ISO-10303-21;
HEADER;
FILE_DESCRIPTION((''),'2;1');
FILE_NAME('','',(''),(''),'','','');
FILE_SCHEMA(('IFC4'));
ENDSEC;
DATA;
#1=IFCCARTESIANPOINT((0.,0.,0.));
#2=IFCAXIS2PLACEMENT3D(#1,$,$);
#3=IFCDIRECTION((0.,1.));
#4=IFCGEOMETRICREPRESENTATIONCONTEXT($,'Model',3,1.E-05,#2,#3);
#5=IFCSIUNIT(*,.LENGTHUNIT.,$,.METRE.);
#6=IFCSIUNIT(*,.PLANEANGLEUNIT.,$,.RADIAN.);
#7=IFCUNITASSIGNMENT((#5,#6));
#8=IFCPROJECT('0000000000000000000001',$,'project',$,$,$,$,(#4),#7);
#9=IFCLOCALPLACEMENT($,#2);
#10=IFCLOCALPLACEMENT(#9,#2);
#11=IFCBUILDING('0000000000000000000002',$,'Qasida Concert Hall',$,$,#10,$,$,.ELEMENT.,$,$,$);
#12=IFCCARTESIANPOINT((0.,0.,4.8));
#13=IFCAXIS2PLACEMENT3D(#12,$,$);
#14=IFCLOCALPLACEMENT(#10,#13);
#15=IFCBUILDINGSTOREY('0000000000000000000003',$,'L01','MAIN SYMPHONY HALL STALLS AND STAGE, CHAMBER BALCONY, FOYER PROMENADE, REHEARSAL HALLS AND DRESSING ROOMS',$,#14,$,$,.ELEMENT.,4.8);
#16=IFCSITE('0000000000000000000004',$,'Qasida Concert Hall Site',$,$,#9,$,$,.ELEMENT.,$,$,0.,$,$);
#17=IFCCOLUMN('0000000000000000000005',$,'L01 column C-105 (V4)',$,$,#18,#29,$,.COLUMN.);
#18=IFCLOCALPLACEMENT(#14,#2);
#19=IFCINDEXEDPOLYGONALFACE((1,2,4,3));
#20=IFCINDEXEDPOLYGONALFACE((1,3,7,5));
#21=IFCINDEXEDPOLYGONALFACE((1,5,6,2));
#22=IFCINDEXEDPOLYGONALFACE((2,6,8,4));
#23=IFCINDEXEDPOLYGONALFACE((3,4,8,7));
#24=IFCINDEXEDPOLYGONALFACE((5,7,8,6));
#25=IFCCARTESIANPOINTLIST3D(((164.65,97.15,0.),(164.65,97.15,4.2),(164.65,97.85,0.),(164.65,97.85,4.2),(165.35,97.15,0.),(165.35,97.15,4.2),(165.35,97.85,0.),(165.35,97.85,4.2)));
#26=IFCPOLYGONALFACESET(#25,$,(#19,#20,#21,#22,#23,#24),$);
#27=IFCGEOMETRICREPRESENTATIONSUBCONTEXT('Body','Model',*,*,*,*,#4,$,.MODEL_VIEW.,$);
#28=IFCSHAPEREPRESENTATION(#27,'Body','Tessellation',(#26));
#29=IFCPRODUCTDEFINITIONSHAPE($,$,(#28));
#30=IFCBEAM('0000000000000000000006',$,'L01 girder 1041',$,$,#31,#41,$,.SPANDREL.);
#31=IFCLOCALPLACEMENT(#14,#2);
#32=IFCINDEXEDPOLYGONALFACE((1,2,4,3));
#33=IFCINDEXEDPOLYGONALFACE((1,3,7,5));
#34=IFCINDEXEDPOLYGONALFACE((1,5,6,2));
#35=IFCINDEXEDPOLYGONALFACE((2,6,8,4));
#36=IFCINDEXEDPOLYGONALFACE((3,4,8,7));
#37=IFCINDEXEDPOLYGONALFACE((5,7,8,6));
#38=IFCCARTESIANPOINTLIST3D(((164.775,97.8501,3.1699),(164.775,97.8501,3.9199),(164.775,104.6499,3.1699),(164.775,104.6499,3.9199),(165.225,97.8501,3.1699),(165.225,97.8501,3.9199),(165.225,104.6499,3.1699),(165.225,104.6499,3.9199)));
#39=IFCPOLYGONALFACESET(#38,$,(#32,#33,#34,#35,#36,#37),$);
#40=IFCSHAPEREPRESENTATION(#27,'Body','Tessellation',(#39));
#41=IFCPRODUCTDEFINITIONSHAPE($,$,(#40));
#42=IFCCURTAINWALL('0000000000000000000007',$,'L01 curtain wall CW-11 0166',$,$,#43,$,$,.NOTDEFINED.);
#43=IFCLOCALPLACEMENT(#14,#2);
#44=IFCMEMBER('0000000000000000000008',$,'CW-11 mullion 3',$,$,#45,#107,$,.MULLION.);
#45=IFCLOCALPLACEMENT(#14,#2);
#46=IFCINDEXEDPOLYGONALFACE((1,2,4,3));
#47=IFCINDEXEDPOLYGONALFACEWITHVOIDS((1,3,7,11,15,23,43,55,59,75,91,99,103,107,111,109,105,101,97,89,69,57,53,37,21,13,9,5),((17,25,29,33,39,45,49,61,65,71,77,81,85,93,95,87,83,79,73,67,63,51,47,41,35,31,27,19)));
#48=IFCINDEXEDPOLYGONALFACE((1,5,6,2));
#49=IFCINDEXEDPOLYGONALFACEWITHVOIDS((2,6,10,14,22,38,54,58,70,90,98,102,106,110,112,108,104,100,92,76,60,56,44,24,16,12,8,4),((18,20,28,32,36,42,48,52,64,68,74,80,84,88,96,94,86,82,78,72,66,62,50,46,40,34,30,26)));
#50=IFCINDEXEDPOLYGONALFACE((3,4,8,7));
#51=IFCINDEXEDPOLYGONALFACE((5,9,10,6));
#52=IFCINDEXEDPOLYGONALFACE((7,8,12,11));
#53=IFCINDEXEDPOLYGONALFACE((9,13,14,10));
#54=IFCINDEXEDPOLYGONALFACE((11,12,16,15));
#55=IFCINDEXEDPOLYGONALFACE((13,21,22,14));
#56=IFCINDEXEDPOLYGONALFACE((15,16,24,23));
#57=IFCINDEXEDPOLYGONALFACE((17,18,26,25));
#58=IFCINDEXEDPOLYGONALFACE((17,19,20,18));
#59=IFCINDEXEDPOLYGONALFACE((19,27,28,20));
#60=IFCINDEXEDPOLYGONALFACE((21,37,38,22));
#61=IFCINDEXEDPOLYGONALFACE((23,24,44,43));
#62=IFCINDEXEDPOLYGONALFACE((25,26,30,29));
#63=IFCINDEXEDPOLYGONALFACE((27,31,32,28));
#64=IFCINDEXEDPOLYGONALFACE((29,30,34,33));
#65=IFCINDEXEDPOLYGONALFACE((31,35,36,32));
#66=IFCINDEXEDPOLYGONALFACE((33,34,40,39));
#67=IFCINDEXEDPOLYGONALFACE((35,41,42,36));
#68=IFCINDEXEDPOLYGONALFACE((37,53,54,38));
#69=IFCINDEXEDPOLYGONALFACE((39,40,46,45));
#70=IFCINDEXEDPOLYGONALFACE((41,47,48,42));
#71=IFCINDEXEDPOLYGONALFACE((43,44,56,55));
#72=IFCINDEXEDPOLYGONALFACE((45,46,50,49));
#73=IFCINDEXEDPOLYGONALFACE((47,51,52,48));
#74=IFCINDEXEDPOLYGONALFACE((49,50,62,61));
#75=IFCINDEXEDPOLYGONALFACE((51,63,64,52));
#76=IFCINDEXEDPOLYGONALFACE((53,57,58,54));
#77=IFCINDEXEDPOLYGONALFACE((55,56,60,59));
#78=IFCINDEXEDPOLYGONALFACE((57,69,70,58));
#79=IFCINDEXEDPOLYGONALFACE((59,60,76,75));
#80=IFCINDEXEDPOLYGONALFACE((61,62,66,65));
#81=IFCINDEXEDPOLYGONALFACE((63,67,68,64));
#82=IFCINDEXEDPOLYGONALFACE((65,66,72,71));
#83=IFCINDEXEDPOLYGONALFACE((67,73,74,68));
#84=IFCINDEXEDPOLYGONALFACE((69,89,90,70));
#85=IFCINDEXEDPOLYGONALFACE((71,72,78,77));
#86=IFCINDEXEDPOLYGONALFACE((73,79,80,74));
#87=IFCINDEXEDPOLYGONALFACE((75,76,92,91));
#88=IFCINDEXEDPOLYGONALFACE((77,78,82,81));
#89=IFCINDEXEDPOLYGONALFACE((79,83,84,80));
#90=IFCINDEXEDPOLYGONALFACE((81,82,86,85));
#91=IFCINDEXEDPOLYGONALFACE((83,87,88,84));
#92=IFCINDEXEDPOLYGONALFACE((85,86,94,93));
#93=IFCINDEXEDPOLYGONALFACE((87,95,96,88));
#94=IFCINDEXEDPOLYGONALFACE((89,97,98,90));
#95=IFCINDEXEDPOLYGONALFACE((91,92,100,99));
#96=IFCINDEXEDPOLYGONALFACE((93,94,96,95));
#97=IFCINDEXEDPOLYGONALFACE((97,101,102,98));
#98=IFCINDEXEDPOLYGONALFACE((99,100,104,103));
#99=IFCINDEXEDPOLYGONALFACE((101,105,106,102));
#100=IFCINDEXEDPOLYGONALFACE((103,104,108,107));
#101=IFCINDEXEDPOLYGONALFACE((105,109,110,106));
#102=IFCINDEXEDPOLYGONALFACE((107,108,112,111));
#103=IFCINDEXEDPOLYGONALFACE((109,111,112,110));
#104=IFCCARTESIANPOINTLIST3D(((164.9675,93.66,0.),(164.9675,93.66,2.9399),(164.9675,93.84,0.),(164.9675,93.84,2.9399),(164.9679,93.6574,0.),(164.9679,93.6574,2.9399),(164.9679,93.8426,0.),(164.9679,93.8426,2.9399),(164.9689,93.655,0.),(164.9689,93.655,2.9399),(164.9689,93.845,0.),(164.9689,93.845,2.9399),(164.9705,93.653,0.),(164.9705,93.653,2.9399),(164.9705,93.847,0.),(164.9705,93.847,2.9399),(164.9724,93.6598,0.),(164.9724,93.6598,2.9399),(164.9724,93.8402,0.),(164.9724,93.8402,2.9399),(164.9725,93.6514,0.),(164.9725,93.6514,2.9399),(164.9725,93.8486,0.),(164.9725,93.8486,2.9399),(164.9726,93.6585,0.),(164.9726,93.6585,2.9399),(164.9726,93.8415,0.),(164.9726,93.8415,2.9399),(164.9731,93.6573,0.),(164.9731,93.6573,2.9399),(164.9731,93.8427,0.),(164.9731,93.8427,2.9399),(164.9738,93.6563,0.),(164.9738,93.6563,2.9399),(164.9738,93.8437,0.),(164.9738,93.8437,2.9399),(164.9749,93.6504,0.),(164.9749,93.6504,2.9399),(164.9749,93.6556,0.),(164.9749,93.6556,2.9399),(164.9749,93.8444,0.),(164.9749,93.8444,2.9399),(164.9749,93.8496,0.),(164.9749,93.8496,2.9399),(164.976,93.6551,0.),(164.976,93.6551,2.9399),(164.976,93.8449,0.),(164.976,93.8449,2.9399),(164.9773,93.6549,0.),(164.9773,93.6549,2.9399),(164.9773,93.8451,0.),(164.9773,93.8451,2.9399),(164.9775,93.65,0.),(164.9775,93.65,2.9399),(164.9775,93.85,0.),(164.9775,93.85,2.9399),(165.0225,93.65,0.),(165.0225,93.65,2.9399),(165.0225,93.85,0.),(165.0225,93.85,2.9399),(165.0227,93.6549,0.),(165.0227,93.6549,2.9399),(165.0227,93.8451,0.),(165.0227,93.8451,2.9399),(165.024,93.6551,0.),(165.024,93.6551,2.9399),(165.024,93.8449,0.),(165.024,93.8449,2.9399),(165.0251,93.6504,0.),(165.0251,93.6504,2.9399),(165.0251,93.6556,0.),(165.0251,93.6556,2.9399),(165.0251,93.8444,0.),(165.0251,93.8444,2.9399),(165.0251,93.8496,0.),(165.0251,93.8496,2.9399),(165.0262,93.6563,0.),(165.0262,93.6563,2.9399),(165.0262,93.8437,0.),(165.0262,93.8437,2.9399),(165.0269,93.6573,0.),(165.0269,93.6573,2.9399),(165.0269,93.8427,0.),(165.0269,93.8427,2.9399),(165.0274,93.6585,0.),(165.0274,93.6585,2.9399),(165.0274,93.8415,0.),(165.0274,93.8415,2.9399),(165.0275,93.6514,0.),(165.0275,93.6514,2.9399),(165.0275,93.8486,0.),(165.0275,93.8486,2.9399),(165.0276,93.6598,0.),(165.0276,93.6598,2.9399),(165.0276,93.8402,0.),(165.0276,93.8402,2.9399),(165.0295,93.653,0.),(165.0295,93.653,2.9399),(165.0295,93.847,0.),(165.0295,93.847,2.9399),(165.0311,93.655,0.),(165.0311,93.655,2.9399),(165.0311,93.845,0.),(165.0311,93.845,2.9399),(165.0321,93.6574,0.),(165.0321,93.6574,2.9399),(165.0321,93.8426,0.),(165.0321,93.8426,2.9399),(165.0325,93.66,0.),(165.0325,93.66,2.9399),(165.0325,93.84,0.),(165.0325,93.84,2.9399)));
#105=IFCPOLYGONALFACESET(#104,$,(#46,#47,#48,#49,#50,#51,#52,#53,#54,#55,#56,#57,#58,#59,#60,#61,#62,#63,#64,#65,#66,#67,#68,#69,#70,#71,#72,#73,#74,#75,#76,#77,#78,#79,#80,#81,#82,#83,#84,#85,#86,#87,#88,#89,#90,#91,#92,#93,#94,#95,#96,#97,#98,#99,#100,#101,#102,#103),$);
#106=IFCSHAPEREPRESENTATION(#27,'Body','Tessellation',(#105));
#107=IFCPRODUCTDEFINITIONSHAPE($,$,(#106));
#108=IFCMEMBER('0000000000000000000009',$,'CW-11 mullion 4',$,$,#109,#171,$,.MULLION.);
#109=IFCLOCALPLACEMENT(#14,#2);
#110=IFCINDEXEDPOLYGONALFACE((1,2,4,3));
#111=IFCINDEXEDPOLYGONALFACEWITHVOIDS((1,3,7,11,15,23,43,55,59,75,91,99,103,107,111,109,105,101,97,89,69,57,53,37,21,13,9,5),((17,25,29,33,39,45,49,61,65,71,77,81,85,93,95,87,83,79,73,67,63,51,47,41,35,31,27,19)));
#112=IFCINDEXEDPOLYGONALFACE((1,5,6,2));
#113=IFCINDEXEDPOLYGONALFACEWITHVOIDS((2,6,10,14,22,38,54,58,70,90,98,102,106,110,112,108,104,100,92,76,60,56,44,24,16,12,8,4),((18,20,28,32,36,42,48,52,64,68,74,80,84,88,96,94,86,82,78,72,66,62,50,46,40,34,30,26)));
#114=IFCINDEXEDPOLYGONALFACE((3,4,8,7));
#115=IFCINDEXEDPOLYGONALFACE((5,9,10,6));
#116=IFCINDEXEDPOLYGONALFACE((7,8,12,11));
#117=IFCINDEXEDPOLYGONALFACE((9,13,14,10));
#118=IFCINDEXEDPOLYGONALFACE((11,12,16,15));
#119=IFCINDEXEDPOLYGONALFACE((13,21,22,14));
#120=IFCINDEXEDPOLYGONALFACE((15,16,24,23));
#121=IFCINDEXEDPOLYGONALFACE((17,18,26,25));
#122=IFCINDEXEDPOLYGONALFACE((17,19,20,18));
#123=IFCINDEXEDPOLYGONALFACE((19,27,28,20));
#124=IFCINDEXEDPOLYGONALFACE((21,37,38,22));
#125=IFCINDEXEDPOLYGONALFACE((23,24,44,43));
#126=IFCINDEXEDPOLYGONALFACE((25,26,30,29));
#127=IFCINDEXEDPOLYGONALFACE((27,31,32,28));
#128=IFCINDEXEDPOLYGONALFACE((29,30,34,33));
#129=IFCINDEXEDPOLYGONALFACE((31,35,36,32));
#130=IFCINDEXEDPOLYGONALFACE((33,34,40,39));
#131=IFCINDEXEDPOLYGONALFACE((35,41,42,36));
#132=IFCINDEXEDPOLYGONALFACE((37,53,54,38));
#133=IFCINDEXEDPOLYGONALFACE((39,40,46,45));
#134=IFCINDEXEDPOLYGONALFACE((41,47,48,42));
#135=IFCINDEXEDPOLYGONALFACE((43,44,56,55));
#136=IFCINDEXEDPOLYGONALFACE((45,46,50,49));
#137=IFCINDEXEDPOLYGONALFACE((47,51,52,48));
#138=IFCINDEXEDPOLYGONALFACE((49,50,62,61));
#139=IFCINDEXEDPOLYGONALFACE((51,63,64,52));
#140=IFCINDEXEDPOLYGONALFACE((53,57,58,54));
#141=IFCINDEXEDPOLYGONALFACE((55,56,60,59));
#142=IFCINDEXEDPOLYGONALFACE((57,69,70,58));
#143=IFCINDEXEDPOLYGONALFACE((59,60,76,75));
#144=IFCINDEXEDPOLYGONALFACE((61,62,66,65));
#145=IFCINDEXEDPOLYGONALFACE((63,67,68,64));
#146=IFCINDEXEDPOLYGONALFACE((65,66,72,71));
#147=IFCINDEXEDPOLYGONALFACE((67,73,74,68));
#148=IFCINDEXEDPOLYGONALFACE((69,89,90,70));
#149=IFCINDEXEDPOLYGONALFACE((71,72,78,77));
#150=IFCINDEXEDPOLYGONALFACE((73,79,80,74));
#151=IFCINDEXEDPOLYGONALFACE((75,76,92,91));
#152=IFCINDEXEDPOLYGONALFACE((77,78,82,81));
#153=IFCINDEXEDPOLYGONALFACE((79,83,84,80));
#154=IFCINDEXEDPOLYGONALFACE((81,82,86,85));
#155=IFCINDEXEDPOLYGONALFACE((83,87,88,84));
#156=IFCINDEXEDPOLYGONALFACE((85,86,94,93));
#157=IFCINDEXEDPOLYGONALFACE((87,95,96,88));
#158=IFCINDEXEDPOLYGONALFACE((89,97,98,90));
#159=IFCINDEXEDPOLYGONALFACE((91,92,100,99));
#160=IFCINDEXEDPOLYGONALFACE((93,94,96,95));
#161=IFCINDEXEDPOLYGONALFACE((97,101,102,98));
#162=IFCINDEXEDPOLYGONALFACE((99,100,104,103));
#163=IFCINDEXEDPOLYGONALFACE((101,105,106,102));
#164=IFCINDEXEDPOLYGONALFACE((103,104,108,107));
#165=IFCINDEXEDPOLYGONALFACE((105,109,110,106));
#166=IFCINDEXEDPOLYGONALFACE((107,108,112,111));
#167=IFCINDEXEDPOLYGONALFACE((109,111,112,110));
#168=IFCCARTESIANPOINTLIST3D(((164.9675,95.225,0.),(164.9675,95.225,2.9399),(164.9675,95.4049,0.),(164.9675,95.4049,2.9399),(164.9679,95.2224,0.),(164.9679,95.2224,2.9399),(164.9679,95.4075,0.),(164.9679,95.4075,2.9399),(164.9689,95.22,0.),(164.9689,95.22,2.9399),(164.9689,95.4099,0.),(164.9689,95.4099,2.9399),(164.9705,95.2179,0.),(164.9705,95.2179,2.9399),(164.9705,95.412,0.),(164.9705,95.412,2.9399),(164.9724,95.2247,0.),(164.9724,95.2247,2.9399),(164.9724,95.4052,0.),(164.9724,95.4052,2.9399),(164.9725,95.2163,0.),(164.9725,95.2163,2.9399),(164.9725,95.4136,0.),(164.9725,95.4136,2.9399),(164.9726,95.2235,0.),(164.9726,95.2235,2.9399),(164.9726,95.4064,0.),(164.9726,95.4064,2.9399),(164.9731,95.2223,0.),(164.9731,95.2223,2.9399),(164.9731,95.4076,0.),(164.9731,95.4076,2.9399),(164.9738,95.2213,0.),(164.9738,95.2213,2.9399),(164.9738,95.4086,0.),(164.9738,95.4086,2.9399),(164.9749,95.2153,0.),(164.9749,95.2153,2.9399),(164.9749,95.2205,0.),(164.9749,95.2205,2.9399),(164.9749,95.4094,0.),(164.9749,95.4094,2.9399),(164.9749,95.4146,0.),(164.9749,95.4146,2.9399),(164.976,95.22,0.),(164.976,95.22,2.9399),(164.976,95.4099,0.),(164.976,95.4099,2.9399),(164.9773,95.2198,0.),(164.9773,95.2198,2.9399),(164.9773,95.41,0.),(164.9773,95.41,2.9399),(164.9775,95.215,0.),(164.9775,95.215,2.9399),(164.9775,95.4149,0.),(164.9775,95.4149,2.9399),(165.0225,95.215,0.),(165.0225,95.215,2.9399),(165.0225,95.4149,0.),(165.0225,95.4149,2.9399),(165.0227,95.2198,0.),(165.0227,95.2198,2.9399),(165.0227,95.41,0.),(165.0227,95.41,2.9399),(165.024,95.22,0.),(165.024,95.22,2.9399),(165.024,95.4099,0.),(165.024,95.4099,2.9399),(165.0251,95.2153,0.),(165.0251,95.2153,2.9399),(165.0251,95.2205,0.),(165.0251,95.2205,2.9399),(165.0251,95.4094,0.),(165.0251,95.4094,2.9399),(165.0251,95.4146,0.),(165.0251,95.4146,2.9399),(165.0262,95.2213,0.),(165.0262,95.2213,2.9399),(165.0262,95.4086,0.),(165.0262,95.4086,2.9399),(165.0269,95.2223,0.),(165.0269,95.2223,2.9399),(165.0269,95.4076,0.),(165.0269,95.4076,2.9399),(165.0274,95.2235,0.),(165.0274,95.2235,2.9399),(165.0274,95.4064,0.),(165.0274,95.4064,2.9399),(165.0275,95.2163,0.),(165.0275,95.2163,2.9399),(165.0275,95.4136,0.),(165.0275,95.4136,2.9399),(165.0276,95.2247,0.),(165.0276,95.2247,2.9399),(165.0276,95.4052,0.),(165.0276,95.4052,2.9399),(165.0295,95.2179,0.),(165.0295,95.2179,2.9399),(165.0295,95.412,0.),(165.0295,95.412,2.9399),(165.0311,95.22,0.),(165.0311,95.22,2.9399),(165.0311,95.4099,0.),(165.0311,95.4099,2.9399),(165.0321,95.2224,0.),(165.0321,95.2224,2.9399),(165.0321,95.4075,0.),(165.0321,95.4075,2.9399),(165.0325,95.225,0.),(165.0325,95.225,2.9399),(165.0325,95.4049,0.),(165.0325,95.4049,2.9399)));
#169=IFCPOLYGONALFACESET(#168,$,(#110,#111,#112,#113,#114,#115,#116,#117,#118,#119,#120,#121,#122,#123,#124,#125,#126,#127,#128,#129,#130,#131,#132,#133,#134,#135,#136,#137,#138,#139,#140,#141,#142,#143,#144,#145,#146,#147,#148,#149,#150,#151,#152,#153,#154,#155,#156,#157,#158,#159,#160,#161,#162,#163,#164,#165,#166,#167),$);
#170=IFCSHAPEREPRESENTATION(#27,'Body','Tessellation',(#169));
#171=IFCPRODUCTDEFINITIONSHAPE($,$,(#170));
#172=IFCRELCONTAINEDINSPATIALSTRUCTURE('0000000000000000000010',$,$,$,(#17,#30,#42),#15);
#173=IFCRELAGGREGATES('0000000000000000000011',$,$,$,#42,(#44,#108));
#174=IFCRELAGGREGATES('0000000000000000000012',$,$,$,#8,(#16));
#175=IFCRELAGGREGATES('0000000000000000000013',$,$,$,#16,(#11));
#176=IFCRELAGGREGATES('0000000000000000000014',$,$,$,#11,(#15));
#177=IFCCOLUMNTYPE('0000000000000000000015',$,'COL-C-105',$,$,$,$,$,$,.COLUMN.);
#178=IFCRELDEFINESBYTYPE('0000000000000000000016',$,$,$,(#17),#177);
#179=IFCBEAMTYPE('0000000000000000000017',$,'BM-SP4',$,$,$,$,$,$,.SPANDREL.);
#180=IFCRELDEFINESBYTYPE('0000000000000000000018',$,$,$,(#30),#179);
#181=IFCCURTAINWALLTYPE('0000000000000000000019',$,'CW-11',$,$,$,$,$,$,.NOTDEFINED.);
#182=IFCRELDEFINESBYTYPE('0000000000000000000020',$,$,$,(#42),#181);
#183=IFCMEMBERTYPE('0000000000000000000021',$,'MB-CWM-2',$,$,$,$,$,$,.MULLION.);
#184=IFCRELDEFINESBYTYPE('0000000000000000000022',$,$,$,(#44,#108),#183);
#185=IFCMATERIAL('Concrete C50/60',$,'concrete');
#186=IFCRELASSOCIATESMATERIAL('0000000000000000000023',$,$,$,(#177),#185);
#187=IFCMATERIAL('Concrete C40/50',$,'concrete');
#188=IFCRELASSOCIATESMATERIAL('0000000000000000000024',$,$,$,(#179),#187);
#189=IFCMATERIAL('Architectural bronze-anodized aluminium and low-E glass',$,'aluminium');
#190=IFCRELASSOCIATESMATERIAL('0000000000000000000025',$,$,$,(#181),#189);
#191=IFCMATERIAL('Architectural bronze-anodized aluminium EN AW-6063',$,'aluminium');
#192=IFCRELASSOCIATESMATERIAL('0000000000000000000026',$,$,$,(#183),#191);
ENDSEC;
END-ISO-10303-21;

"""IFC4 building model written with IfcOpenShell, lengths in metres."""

from ifc_helpers import new_model, si_unit, direction, frame, origin, origin_2d, place, context, subcontext, project, spatial, rectangle, hollow_rectangle, extrude, material, material_profile, profile_set, type_object, element, aggregate, save


model = new_model("IFC4")

# Units and contexts
model_context = context("Model", 3, precision=1e-05, world=origin(), true_north=direction((0.0, 1.0)))
body_context = subcontext(model_context, "Body", "Model", "MODEL_VIEW")
ifc_project = project(units=[si_unit("LENGTHUNIT", "METRE"), si_unit("PLANEANGLEUNIT", "RADIAN")], contexts=[model_context])

# Site, building, storey
site_placement = place(None, origin())
site = spatial("IfcSite", under=ifc_project, at=site_placement, Name="Qasida Concert Hall Site", CompositionType="ELEMENT", RefElevation=0.0)
building_placement = place(site_placement, origin())
building = spatial("IfcBuilding", under=site, at=building_placement, Name="Qasida Concert Hall", CompositionType="ELEMENT")
storey_placement = place(building_placement, frame((0.0, 0.0, 4.8)))
storey = spatial("IfcBuildingStorey", under=building, at=storey_placement, Name="L01", Description="MAIN SYMPHONY HALL STALLS AND STAGE, CHAMBER BALCONY, FOYER PROMENADE, REHEARSAL HALLS AND DRESSING ROOMS", CompositionType="ELEMENT", Elevation=4.8)

# Column
ifc_material_1 = material(Name="Concrete C50/60", Category="concrete")
ifc_material_profile_1 = material_profile(ifc_material_1, rectangle(XDim=0.7, YDim=0.7, at=origin_2d()), Name="RC 700x700")
ifc_profile_set_1 = profile_set([ifc_material_profile_1], Name="Concrete C50/60")
column_type = type_object("IfcColumnType", Name="COL-C-105", PredefinedType="COLUMN", material=ifc_profile_set_1)
column_placement = place(storey_placement, frame((165.0, 97.5, 0.0), z_axis=(0.0, 0.0, 1.0), x_axis=(1.0, 0.0, 0.0)))
element("IfcColumn", 1, at=column_placement, inside=storey, type_object=column_type, Name="L01 column C-105 (V4)", PredefinedType="COLUMN", context=body_context, shape_type="SweptSolid", body=[
    extrude(rectangle(XDim=0.7, YDim=0.7, at=origin_2d()), origin(), (0.0, 0.0, 1.0), 4.2),
])

# Beam
ifc_material_2 = material(Name="Concrete C40/50", Category="concrete")
ifc_material_profile_2 = material_profile(ifc_material_2, rectangle(XDim=0.45, YDim=0.75, at=origin_2d()), Name="RC 450x750")
ifc_profile_set_2 = profile_set([ifc_material_profile_2], Name="Concrete C40/50")
beam_type = type_object("IfcBeamType", Name="BM-SP4", PredefinedType="SPANDREL", material=ifc_profile_set_2)
beam_placement = place(storey_placement, frame((165.0, 97.8501, 3.5449), z_axis=(0.0, 1.0, 0.0), x_axis=(-1.0, 0.0, 0.0)))
element("IfcBeam", 2, at=beam_placement, inside=storey, type_object=beam_type, Name="L01 girder 1041", PredefinedType="SPANDREL", context=body_context, shape_type="SweptSolid", body=[
    extrude(rectangle(XDim=0.45, YDim=0.75, at=origin_2d()), origin(), (0.0, 0.0, 1.0), 6.7998),
])

# Curtain wall, members
ifc_material_3 = material(Name="Architectural bronze-anodized aluminium and low-E glass", Category="aluminium")
curtain_wall_type = type_object("IfcCurtainWallType", Name="CW-11", PredefinedType="NOTDEFINED", material=ifc_material_3)
curtain_wall_placement = place(storey_placement, origin())
curtain_wall = element("IfcCurtainWall", 3, at=curtain_wall_placement, inside=storey, type_object=curtain_wall_type, Name="L01 curtain wall CW-11 0166", PredefinedType="NOTDEFINED")
ifc_material_4 = material(Name="Architectural bronze-anodized aluminium EN AW-6063", Category="aluminium")
ifc_material_profile_3 = material_profile(ifc_material_4, hollow_rectangle(XDim=0.0649, YDim=0.2, WallThickness=0.0049, InnerFilletRadius=0.0049, OuterFilletRadius=0.01, at=origin_2d()), Name="CWM 200x65x5")
ifc_profile_set_3 = profile_set([ifc_material_profile_3], Name="Architectural bronze-anodized aluminium EN AW-6063")
member_type_1 = type_object("IfcMemberType", Name="MB-CWM-2", PredefinedType="MULLION", material=ifc_profile_set_3)
member_1_placement = place(storey_placement, frame((165.0, 93.75, 0.0), z_axis=(0.0, 0.0, 1.0), x_axis=(-1.0, 0.0, 0.0)))
member_1 = element("IfcMember", 4, at=member_1_placement, type_object=member_type_1, Name="CW-11 mullion 3", PredefinedType="MULLION", context=body_context, shape_type="SweptSolid", body=[
    extrude(hollow_rectangle(XDim=0.0649, YDim=0.2, WallThickness=0.0049, InnerFilletRadius=0.0049, OuterFilletRadius=0.01, at=origin_2d()), origin(), (0.0, 0.0, 1.0), 2.9399),
])
member_2_placement = place(storey_placement, frame((165.0, 95.3149, 0.0), z_axis=(0.0, 0.0, 1.0), x_axis=(-1.0, 0.0, 0.0)))
member_2 = element("IfcMember", 5, at=member_2_placement, type_object=member_type_1, Name="CW-11 mullion 4", PredefinedType="MULLION", context=body_context, shape_type="SweptSolid", body=[
    extrude(hollow_rectangle(XDim=0.0649, YDim=0.2, WallThickness=0.0049, InnerFilletRadius=0.0049, OuterFilletRadius=0.01, at=origin_2d()), origin(), (0.0, 0.0, 1.0), 2.9399),
])
aggregate(curtain_wall, [member_1, member_2])

save(model, "model.ifc")
